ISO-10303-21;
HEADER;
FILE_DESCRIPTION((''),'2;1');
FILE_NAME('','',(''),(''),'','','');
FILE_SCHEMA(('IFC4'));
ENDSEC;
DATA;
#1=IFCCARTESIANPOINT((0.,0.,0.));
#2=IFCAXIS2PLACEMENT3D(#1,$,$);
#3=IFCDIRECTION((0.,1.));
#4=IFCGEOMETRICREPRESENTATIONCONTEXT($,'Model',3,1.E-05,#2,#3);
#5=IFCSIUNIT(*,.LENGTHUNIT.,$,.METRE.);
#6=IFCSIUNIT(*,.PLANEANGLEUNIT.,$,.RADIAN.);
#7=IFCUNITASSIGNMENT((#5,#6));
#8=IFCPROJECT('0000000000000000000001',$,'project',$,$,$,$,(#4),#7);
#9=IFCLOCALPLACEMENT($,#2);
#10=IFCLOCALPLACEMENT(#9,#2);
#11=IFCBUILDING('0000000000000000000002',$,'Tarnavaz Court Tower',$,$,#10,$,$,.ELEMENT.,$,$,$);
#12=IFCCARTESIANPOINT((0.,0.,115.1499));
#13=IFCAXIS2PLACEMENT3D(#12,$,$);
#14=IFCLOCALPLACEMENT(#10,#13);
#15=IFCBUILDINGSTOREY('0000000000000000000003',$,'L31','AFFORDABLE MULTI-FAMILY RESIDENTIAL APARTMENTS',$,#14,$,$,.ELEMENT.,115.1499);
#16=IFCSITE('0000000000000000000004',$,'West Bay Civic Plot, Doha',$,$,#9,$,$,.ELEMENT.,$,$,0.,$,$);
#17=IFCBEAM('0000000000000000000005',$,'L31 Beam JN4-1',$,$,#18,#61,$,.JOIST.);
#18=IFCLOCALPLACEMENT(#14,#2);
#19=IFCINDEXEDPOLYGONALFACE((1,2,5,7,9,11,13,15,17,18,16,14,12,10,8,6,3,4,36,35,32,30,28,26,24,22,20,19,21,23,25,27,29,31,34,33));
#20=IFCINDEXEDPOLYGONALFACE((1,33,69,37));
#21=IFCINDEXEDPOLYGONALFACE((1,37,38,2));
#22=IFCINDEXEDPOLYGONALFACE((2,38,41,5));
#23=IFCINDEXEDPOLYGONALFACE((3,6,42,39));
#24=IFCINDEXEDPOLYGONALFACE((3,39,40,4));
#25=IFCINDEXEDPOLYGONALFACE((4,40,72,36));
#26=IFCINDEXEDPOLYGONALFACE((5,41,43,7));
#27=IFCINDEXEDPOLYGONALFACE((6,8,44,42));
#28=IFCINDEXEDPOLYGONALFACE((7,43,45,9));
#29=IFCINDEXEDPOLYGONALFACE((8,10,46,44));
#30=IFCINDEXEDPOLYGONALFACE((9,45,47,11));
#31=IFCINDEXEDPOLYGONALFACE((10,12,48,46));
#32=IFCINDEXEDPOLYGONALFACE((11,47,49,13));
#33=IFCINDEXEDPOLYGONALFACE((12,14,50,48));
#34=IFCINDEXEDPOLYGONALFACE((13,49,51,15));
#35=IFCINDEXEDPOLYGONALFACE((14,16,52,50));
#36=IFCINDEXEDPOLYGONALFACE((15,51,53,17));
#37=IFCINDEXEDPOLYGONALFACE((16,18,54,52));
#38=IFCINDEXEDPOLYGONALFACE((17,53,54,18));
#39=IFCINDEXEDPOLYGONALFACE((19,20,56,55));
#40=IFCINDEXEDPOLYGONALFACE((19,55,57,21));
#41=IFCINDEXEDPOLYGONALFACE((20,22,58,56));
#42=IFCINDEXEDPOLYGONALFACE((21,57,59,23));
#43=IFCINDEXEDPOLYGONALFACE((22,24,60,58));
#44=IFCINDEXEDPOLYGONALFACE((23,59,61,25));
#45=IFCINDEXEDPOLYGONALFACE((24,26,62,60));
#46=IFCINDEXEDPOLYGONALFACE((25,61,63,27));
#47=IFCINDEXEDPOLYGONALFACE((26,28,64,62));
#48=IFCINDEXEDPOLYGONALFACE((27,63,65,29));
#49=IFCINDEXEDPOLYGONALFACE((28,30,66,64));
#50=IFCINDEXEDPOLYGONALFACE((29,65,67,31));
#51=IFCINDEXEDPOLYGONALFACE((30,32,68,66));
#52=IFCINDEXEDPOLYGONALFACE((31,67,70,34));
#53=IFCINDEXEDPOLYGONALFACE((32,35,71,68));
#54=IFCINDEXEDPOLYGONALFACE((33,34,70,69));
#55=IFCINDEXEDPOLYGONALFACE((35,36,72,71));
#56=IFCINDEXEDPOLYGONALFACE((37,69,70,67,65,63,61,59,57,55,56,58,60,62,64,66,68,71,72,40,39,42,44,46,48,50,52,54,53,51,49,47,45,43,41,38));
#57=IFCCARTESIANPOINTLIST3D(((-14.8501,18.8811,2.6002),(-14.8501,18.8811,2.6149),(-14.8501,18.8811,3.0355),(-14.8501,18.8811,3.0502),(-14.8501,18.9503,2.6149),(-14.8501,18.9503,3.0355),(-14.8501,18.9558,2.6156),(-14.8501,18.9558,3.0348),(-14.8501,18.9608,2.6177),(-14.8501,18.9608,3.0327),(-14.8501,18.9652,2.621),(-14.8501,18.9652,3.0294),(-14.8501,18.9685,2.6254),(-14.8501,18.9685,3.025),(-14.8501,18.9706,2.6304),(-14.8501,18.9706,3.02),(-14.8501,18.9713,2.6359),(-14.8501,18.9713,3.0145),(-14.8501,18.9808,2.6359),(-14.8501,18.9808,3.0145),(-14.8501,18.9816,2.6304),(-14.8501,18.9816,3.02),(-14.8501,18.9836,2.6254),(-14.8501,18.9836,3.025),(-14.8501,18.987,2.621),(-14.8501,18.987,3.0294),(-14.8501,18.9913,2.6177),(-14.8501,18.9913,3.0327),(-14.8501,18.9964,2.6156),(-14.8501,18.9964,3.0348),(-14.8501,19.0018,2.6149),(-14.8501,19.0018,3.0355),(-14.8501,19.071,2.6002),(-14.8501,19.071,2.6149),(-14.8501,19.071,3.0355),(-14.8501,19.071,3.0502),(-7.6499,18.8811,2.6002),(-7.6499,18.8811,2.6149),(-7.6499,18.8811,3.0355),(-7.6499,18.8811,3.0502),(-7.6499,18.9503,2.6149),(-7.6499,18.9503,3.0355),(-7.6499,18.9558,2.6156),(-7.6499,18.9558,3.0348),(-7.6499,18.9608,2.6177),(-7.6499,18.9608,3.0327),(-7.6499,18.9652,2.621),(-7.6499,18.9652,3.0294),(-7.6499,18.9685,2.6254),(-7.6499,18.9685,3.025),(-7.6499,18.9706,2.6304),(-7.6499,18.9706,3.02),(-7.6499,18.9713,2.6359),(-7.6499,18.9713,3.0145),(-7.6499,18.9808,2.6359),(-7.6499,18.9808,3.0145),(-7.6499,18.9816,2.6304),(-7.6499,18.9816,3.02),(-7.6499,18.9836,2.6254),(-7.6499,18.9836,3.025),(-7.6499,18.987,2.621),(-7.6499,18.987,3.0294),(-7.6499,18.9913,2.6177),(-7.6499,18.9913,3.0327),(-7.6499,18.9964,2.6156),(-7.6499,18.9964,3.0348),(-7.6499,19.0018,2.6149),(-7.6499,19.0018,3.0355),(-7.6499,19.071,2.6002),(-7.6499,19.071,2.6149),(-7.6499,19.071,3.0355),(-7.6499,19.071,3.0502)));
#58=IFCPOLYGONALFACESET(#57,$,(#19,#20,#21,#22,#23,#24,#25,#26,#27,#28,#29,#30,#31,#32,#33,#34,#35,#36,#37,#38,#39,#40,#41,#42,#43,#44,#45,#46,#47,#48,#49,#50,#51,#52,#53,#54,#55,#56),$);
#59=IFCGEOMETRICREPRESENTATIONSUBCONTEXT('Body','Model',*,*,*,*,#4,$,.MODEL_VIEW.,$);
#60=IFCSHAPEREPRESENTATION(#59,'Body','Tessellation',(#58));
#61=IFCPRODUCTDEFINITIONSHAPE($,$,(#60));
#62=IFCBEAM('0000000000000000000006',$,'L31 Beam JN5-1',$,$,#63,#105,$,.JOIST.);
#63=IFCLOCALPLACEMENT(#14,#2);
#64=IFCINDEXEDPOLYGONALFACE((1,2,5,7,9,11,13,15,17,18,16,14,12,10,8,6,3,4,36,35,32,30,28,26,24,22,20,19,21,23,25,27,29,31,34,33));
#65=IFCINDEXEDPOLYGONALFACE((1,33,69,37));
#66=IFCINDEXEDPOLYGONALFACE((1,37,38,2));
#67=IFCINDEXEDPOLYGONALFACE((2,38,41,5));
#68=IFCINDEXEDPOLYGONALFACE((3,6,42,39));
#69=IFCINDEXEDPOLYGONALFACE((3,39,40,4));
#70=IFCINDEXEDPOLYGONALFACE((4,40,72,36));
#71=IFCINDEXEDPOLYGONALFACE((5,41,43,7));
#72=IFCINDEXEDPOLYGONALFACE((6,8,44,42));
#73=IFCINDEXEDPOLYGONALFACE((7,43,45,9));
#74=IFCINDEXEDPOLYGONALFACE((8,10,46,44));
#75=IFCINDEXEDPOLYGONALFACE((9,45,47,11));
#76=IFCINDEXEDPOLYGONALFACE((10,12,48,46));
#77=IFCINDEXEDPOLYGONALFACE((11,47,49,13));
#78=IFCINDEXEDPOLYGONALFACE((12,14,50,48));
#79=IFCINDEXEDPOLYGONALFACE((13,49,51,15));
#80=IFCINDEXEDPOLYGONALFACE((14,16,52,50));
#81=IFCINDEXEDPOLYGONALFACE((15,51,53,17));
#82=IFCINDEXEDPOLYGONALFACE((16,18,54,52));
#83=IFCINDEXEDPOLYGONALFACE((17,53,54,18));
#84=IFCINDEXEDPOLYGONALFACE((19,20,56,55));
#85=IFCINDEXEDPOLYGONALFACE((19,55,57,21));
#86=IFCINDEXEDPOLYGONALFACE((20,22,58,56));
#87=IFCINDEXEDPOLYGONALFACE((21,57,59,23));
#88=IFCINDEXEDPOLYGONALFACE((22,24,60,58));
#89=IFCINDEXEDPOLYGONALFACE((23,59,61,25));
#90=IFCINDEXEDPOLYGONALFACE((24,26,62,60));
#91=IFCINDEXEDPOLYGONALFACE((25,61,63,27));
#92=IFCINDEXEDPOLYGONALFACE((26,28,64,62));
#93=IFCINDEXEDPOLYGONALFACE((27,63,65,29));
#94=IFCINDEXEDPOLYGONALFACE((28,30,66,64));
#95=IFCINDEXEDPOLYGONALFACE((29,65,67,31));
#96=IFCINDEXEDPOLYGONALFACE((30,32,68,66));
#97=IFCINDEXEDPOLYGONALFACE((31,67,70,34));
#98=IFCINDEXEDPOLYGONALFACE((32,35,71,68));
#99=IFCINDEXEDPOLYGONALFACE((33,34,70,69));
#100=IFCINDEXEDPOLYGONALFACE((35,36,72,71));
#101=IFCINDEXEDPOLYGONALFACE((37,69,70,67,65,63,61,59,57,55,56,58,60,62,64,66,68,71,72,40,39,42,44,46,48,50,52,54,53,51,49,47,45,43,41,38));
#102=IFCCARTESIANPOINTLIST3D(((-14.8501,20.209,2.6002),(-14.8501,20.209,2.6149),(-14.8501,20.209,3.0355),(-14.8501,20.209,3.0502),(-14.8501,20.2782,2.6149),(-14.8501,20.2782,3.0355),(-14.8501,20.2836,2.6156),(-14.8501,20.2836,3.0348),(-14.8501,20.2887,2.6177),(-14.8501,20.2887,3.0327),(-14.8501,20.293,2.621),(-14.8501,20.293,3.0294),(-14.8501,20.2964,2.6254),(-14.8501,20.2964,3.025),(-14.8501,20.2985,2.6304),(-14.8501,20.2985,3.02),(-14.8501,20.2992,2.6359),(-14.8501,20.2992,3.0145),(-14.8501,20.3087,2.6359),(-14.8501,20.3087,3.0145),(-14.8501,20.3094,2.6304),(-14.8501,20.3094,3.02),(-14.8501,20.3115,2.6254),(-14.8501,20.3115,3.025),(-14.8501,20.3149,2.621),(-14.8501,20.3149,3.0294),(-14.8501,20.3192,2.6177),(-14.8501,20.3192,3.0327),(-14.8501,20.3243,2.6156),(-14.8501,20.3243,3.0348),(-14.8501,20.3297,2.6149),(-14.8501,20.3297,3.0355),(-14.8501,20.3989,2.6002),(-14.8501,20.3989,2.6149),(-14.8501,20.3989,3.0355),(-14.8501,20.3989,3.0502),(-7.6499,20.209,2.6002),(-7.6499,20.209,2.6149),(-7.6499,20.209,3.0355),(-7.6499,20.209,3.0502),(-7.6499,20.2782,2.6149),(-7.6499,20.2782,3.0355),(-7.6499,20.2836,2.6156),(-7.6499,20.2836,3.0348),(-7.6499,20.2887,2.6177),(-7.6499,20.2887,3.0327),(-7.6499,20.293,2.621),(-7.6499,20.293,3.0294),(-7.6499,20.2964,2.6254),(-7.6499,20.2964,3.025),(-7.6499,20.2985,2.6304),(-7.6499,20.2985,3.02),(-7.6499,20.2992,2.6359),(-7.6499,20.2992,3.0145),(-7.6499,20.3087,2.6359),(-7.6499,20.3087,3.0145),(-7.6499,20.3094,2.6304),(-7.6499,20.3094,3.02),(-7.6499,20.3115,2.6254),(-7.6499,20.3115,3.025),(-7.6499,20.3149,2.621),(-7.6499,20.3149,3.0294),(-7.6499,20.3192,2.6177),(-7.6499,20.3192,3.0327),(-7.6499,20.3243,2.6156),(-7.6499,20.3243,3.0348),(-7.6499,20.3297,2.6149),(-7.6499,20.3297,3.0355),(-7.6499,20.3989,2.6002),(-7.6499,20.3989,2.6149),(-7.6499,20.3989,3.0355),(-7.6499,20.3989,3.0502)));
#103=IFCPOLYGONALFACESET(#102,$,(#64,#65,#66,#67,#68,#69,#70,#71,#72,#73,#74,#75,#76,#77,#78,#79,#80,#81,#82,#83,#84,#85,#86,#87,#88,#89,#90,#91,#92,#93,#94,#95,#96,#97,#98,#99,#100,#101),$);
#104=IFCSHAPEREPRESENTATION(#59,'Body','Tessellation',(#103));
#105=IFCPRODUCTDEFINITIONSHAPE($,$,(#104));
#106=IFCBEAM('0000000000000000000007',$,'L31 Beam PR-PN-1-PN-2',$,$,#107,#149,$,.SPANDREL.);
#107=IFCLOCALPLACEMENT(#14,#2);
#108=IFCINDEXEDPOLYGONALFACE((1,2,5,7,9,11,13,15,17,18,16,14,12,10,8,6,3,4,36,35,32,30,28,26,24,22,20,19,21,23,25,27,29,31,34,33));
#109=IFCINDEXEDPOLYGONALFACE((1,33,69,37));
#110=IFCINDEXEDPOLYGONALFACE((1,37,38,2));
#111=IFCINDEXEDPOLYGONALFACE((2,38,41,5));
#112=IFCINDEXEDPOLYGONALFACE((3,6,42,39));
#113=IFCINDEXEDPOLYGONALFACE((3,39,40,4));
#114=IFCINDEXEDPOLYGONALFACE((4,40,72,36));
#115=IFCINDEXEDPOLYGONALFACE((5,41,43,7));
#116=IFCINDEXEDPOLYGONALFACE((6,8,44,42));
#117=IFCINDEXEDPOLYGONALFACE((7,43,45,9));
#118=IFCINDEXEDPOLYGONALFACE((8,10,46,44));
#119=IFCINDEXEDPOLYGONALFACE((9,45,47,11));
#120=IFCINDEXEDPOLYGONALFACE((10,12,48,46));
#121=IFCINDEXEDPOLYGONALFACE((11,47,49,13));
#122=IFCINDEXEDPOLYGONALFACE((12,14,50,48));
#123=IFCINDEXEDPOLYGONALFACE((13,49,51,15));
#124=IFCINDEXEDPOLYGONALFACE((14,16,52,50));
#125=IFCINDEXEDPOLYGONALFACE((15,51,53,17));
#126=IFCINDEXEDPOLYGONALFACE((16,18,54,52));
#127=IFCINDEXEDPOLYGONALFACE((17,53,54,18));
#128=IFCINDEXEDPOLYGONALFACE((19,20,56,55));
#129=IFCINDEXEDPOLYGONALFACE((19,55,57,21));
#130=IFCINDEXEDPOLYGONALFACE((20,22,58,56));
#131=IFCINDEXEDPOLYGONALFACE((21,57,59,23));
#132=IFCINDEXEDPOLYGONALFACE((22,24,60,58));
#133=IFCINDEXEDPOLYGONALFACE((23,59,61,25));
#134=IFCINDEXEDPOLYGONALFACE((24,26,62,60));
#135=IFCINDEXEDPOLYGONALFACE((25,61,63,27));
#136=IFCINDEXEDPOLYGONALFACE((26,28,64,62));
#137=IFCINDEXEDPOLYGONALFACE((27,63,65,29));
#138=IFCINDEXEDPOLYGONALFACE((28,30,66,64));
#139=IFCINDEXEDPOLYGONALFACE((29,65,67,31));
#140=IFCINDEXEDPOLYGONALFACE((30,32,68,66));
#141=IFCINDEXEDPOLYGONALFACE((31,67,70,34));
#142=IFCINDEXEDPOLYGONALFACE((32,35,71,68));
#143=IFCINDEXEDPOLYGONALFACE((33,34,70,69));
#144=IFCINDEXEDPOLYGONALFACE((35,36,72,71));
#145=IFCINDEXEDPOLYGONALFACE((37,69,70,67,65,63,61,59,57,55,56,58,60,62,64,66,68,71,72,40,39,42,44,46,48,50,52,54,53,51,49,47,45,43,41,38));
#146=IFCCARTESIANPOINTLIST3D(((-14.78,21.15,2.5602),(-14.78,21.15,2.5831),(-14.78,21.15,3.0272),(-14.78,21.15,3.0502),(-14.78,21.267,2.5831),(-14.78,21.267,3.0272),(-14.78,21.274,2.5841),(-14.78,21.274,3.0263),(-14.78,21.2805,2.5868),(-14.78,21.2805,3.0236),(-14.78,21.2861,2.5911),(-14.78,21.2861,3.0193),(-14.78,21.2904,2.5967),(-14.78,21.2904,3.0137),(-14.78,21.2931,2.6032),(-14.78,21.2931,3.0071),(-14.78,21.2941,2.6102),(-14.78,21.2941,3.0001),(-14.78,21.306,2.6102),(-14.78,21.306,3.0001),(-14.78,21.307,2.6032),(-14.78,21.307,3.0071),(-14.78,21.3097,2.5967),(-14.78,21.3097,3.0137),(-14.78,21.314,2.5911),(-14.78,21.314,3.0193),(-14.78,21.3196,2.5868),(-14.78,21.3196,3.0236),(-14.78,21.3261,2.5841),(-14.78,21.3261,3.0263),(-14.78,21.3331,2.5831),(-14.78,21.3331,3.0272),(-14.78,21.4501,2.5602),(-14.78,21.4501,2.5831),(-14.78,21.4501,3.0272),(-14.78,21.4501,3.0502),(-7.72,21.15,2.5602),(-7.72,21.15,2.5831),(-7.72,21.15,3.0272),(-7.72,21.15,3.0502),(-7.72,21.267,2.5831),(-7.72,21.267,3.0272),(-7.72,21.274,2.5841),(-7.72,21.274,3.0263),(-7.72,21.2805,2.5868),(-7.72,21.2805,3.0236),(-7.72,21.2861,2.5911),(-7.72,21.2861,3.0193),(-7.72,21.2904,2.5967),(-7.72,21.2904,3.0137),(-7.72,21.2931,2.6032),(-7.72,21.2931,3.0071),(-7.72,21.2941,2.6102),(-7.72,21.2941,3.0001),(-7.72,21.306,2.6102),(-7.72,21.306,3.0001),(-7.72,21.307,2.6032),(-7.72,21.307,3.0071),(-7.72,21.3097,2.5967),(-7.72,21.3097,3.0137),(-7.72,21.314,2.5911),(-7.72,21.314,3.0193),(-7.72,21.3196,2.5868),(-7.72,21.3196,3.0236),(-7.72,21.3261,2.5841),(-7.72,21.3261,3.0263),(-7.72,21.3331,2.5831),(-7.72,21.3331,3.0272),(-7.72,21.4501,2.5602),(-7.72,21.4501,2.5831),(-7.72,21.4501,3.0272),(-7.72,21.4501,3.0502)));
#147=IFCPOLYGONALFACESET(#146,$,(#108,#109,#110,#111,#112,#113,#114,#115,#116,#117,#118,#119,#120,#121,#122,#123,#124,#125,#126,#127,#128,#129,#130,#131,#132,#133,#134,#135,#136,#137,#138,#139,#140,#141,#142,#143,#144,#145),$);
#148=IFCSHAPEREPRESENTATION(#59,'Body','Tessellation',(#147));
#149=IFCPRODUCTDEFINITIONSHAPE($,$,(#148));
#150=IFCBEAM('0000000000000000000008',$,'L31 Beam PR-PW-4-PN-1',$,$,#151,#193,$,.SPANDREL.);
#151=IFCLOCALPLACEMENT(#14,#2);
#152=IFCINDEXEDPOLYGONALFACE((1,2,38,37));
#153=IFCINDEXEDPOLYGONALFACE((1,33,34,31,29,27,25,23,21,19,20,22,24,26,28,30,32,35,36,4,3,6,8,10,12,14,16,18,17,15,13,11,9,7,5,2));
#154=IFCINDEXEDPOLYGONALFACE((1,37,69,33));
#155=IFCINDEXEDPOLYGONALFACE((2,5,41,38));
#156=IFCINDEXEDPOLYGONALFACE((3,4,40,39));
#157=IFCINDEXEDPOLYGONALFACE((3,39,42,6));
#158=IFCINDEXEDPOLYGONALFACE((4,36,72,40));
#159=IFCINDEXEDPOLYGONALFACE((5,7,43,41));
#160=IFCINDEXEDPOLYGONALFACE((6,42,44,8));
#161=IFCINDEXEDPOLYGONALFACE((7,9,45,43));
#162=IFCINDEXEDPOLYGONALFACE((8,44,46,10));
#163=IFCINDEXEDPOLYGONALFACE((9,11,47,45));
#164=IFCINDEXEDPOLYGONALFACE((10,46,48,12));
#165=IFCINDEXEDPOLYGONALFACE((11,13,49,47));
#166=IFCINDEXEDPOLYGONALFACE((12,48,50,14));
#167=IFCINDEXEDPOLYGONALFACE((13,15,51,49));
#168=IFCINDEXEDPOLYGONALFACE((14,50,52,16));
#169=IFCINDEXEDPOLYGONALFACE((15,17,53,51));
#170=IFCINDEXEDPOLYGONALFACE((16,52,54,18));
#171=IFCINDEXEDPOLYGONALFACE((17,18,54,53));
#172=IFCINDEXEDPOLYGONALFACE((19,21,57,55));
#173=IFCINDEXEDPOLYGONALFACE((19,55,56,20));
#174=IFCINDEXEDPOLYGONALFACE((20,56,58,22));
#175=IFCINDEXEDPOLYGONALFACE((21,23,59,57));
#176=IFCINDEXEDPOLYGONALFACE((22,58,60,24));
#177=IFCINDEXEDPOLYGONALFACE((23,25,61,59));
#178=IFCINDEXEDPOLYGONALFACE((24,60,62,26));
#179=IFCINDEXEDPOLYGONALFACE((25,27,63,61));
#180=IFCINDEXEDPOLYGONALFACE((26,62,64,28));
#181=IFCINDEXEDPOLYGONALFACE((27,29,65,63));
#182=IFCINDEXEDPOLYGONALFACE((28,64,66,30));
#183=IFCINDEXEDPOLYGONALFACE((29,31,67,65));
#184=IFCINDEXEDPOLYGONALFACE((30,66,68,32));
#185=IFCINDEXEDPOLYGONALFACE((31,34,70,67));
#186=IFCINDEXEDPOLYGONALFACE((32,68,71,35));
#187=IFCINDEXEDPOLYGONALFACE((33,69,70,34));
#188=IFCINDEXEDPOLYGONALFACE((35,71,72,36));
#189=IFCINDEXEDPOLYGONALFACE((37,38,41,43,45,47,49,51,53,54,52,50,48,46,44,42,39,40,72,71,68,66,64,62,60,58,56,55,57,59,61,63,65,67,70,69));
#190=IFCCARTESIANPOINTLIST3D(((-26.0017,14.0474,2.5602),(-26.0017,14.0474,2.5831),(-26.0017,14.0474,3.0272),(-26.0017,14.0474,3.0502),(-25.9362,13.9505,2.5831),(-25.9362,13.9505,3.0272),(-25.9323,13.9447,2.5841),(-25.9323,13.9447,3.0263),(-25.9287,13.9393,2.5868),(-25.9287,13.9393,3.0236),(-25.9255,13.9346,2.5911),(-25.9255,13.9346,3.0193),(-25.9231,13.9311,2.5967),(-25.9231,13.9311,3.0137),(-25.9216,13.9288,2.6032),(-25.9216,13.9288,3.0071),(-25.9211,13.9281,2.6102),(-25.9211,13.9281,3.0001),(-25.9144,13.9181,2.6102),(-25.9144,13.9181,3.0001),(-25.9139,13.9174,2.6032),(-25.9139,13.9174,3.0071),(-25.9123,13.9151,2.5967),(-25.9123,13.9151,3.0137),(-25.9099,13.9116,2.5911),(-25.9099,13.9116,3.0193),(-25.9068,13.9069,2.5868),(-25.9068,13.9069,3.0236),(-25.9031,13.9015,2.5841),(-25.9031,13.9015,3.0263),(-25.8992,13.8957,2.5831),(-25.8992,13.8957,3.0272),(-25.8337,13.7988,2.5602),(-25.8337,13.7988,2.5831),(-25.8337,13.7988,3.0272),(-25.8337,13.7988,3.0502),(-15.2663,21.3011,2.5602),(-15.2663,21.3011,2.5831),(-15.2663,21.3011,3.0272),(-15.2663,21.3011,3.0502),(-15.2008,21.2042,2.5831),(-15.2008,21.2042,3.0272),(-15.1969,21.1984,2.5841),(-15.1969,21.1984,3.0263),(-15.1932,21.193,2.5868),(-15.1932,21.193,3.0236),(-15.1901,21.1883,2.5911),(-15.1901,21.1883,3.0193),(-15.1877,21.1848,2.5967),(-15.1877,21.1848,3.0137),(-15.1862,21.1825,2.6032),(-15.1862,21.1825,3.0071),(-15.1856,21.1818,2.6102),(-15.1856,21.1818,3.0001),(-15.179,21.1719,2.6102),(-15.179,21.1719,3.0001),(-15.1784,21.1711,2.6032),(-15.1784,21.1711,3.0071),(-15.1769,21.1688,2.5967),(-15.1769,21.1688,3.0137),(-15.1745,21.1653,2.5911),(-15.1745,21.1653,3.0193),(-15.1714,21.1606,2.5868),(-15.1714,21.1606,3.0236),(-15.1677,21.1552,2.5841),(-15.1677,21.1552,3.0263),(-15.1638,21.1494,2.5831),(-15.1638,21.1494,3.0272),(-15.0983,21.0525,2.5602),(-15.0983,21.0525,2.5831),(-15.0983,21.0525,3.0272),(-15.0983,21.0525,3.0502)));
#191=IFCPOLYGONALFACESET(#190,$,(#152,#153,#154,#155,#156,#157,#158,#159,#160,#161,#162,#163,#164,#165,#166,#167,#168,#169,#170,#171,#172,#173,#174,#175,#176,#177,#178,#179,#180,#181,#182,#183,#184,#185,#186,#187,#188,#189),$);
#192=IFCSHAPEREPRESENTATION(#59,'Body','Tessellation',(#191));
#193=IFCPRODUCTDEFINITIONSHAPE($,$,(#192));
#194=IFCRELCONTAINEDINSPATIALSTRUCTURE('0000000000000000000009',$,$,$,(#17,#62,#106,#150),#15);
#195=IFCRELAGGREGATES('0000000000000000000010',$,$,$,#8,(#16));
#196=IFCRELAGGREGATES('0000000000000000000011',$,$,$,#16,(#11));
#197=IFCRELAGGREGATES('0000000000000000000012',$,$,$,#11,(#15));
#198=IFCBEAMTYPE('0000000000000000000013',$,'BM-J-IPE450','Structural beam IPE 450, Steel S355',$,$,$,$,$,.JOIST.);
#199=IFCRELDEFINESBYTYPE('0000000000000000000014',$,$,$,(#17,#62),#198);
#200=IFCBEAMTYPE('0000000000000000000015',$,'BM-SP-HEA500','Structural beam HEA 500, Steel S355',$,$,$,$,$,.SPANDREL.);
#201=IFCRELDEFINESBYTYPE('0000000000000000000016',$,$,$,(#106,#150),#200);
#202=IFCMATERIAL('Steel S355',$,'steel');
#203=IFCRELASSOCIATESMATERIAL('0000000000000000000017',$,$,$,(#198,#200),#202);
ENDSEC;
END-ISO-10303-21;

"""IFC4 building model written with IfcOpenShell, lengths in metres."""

from ifc_helpers import new_model, si_unit, direction, frame, origin, origin_2d, place, context, subcontext, project, spatial, i_section, extrude, material, material_profile, profile_set, type_object, element, save


model = new_model("IFC4")

# Units and contexts
model_context = context("Model", 3, precision=1e-05, world=origin(), true_north=direction((0.0, 1.0)))
body_context = subcontext(model_context, "Body", "Model", "MODEL_VIEW")
ifc_project = project(units=[si_unit("LENGTHUNIT", "METRE"), si_unit("PLANEANGLEUNIT", "RADIAN")], contexts=[model_context])

# Site, building, storey
site_placement = place(None, origin())
site = spatial("IfcSite", under=ifc_project, at=site_placement, Name="West Bay Civic Plot, Doha", CompositionType="ELEMENT", RefElevation=0.0)
building_placement = place(site_placement, origin())
building = spatial("IfcBuilding", under=site, at=building_placement, Name="Tarnavaz Court Tower", CompositionType="ELEMENT")
storey_placement = place(building_placement, frame((0.0, 0.0, 115.1499)))
storey = spatial("IfcBuildingStorey", under=building, at=storey_placement, Name="L31", Description="AFFORDABLE MULTI-FAMILY RESIDENTIAL APARTMENTS", CompositionType="ELEMENT", Elevation=115.1499)

# Beams
ifc_material_1 = material(Name="Steel S355", Category="steel")
ifc_material_profile_1 = material_profile(ifc_material_1, i_section(OverallWidth=0.1899, OverallDepth=0.45, WebThickness=0.0095, FlangeThickness=0.0146, FilletRadius=0.021, at=origin_2d()), Name="IPE 450")
ifc_profile_set_1 = profile_set([ifc_material_profile_1], Name="Steel S355")
beam_type_1 = type_object("IfcBeamType", Name="BM-J-IPE450", Description="Structural beam IPE 450, Steel S355", PredefinedType="JOIST", material=ifc_profile_set_1)
for number, where, z_axis, x_axis, name in (
    (1, (-14.8501, 18.9761, 2.8252), (1.0, 0.0, 0.0), (0.0, 1.0, 0.0), "L31 Beam JN4-1"),
    (2, (-14.8501, 20.304, 2.8252), (1.0, 0.0, 0.0), (0.0, 1.0, 0.0), "L31 Beam JN5-1"),
):
    element("IfcBeam", number, at=place(storey_placement, frame(where, z_axis=z_axis, x_axis=x_axis)), inside=storey, type_object=beam_type_1, Name=name, PredefinedType="JOIST", context=body_context, shape_type="SweptSolid", body=[
        extrude(i_section(OverallWidth=0.1899, OverallDepth=0.45, WebThickness=0.0095, FlangeThickness=0.0146, FilletRadius=0.021, at=origin_2d()), origin(), (0.0, 0.0, 1.0), 7.2002),
    ])
ifc_material_profile_2 = material_profile(ifc_material_1, i_section(OverallWidth=0.3, OverallDepth=0.49, WebThickness=0.012, FlangeThickness=0.0229, FilletRadius=0.0271, at=origin_2d()), Name="HEA 500")
ifc_profile_set_2 = profile_set([ifc_material_profile_2], Name="Steel S355")
beam_type_2 = type_object("IfcBeamType", Name="BM-SP-HEA500", Description="Structural beam HEA 500, Steel S355", PredefinedType="SPANDREL", material=ifc_profile_set_2)
beam_1_placement = place(storey_placement, frame((-14.78, 21.3, 2.8052), z_axis=(1.0, 0.0, 0.0), x_axis=(0.0, 1.0, 0.0)))
element("IfcBeam", 3, at=beam_1_placement, inside=storey, type_object=beam_type_2, Name="L31 Beam PR-PN-1-PN-2", PredefinedType="SPANDREL", context=body_context, shape_type="SweptSolid", body=[
    extrude(i_section(OverallWidth=0.3, OverallDepth=0.49, WebThickness=0.012, FlangeThickness=0.0229, FilletRadius=0.0271, at=origin_2d()), origin(), (0.0, 0.0, 1.0), 7.0601),
])
beam_2_placement = place(storey_placement, frame((-25.9177, 13.9231, 2.8052), z_axis=(0.828587, 0.55986, 0.0), x_axis=(-0.55986, 0.828587, 0.0)))
element("IfcBeam", 4, at=beam_2_placement, inside=storey, type_object=beam_type_2, Name="L31 Beam PR-PW-4-PN-1", PredefinedType="SPANDREL", context=body_context, shape_type="SweptSolid", body=[
    extrude(i_section(OverallWidth=0.3, OverallDepth=0.49, WebThickness=0.012, FlangeThickness=0.0229, FilletRadius=0.0271, at=origin_2d()), origin(), (0.0, 0.0, 1.0), 12.9563),
])

save(model, "model.ifc")
